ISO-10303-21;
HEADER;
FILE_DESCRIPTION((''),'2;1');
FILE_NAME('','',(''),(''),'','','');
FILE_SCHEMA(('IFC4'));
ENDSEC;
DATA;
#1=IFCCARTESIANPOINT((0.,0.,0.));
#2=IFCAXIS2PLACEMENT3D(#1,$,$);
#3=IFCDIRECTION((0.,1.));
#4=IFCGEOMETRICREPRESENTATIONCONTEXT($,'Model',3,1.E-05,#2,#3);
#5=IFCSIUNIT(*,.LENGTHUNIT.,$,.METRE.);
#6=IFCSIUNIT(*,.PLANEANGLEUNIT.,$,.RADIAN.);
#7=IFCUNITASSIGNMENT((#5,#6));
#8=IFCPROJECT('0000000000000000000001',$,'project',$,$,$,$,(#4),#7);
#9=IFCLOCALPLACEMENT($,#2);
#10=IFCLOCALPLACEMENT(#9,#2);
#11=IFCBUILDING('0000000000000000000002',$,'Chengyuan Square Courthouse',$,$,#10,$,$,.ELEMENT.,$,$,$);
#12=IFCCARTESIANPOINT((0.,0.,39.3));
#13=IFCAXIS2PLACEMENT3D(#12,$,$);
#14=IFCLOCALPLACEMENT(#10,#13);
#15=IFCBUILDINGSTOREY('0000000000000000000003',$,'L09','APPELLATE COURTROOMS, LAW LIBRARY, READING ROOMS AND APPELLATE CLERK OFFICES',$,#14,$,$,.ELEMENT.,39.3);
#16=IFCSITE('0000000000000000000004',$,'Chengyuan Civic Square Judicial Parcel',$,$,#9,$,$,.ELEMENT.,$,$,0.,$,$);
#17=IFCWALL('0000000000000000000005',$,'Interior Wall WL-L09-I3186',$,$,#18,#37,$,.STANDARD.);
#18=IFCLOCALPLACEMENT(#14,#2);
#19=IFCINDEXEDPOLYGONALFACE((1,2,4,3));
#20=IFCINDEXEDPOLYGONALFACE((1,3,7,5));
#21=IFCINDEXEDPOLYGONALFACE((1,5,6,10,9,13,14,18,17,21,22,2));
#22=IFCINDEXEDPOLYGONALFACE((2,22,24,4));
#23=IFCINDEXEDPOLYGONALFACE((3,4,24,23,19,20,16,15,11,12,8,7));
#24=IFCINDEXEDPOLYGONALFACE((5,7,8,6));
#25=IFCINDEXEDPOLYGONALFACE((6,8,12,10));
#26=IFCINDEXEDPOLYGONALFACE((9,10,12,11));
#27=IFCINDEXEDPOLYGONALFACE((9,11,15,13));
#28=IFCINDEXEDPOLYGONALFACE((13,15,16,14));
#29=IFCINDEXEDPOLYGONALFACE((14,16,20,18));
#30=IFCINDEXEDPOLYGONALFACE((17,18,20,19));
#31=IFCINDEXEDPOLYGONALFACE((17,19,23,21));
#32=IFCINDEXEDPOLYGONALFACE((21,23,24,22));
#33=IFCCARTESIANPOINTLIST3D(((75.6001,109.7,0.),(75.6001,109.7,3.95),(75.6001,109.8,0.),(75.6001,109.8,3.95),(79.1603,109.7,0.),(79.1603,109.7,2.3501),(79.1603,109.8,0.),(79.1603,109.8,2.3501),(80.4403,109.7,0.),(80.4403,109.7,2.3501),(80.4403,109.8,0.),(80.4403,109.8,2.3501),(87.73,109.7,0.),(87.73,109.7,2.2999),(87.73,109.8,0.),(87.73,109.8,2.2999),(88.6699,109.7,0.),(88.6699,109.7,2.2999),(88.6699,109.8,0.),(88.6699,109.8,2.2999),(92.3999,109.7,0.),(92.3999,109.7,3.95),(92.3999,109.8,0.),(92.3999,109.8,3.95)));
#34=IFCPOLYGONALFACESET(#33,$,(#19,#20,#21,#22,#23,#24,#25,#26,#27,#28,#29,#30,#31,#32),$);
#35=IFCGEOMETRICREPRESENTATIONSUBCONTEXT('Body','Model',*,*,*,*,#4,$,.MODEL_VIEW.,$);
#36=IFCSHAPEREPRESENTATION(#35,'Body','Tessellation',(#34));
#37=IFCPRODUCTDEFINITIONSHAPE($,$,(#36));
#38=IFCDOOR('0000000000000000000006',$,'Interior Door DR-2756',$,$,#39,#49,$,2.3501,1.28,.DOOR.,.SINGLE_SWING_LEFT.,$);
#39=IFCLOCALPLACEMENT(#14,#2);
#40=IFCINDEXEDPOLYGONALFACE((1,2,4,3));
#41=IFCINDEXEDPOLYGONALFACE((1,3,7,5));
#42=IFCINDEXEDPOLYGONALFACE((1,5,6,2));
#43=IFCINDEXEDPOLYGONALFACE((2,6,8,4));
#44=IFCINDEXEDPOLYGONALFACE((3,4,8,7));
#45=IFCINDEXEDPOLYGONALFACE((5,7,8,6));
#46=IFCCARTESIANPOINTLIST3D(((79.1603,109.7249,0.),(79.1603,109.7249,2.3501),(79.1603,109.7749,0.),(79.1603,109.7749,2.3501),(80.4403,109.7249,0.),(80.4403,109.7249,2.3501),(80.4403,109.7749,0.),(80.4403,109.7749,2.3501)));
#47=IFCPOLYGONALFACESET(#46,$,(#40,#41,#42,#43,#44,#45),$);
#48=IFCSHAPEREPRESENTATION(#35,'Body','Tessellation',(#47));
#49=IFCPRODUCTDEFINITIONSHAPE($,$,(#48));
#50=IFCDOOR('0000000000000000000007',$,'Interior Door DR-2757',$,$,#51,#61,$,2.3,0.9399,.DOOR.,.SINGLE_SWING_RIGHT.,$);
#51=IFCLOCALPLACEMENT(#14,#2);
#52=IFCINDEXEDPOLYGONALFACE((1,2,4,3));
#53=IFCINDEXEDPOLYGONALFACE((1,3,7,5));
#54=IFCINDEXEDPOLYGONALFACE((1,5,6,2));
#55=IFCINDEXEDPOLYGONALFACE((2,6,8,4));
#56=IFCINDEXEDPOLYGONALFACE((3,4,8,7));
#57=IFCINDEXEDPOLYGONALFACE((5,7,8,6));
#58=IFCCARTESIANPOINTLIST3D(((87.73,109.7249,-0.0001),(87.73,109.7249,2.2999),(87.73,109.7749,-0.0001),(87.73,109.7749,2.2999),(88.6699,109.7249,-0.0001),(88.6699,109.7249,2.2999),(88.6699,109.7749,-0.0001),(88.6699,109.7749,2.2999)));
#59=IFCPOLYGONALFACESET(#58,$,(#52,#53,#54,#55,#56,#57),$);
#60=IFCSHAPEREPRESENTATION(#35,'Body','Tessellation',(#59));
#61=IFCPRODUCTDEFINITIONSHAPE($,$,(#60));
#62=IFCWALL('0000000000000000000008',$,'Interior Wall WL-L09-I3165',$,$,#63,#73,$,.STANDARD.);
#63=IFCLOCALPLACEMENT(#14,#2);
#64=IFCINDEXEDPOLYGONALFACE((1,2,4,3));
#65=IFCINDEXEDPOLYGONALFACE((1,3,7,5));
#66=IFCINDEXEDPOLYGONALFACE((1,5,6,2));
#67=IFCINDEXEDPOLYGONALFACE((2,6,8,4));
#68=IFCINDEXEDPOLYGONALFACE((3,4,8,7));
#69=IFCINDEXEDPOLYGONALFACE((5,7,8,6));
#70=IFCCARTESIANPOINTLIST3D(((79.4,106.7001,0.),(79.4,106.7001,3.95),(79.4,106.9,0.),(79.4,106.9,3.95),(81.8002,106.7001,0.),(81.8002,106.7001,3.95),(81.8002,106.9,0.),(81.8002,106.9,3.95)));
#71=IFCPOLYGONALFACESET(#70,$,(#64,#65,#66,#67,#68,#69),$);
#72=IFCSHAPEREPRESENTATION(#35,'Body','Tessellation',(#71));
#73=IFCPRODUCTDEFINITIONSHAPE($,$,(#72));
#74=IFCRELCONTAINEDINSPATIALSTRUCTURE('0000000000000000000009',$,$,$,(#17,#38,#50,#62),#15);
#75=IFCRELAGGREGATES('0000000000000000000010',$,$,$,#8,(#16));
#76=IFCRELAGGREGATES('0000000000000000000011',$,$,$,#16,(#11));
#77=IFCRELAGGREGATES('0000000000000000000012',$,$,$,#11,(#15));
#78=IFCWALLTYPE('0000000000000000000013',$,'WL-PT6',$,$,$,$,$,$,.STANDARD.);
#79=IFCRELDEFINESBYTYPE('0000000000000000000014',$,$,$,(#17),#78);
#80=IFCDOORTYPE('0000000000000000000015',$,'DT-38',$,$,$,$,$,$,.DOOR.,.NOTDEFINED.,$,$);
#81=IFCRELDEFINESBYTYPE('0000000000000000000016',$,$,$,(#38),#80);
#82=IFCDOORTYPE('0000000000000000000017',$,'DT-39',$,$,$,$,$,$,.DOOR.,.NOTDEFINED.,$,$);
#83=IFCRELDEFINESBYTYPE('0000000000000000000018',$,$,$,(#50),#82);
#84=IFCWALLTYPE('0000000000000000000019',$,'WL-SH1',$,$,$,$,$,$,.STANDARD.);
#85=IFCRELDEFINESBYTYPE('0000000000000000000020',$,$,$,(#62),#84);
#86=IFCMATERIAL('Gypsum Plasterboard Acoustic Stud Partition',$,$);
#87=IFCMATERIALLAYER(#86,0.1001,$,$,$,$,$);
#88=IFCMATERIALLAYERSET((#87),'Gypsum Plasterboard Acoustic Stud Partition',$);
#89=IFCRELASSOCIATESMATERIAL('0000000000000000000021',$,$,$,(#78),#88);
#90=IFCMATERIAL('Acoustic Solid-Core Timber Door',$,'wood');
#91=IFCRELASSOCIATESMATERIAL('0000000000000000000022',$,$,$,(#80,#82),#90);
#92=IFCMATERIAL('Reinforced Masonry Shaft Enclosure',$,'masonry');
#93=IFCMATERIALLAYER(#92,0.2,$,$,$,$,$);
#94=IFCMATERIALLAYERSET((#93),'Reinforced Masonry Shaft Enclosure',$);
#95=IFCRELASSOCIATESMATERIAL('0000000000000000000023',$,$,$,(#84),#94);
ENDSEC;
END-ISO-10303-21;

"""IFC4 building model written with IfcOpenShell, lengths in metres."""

from ifc_helpers import new_model, si_unit, direction, frame, frame_2d, origin, place, context, subcontext, project, spatial, rectangle, extrude, material, layer, layer_set, type_object, element, fill, save


model = new_model("IFC4")

# Units and contexts
model_context = context("Model", 3, precision=1e-05, world=origin(), true_north=direction((0.0, 1.0)))
body_context = subcontext(model_context, "Body", "Model", "MODEL_VIEW")
ifc_project = project(units=[si_unit("LENGTHUNIT", "METRE"), si_unit("PLANEANGLEUNIT", "RADIAN")], contexts=[model_context])

# Site, building, storey
site_placement = place(None, origin())
site = spatial("IfcSite", under=ifc_project, at=site_placement, Name="Chengyuan Civic Square Judicial Parcel", CompositionType="ELEMENT", RefElevation=0.0)
building_placement = place(site_placement, origin())
building = spatial("IfcBuilding", under=site, at=building_placement, Name="Chengyuan Square Courthouse", CompositionType="ELEMENT")
storey_placement = place(building_placement, frame((0.0, 0.0, 39.3)))
storey = spatial("IfcBuildingStorey", under=building, at=storey_placement, Name="L09", Description="APPELLATE COURTROOMS, LAW LIBRARY, READING ROOMS AND APPELLATE CLERK OFFICES", CompositionType="ELEMENT", Elevation=39.3)

# Shared definitions
ifc_material_1 = material(Name="Gypsum Plasterboard Acoustic Stud Partition")
ifc_layer_1 = layer(ifc_material_1, 0.1001)
ifc_layer_set_1 = layer_set([ifc_layer_1], Name="Gypsum Plasterboard Acoustic Stud Partition")
wall_type_1 = type_object("IfcWallType", Name="WL-PT6", PredefinedType="STANDARD", material=ifc_layer_set_1)

# Wall, openings, doors
wall_1_placement = place(storey_placement, frame((75.6001, 109.75, 0.0), z_axis=(0.0, 0.0, 1.0), x_axis=(1.0, 0.0, 0.0)))
wall_1 = element("IfcWall", 1, at=wall_1_placement, inside=storey, type_object=wall_type_1, Name="Interior Wall WL-L09-I3186", PredefinedType="STANDARD", context=body_context, shape_type="SweptSolid", body=[
    extrude(rectangle(XDim=16.7998, YDim=0.1001, at=frame_2d((8.3999, 0.0))), origin(), (0.0, 0.0, 1.0), 3.95),
])
opening_1_placement = place(wall_1_placement, frame((3.5601, 0.0, 0.0)))
opening_1 = element("IfcOpeningElement", 2, at=opening_1_placement, cuts=wall_1, PredefinedType="OPENING", context=body_context, shape_type="SweptSolid", body=[
    extrude(rectangle(XDim=1.28, YDim=2.3501, at=frame_2d((0.6401, 1.175))), frame((0.0, 0.062, 0.0), z_axis=(0.0, -1.0, 0.0), x_axis=(1.0, 0.0, 0.0)), (0.0, 0.0, 1.0), 0.124),
])
opening_2_placement = place(wall_1_placement, frame((12.1299, 0.0, 0.0)))
opening_2 = element("IfcOpeningElement", 3, at=opening_2_placement, cuts=wall_1, PredefinedType="OPENING", context=body_context, shape_type="SweptSolid", body=[
    extrude(rectangle(XDim=0.9399, YDim=2.3, at=frame_2d((0.47, 1.1499))), frame((0.0, 0.062, 0.0), z_axis=(0.0, -1.0, 0.0), x_axis=(1.0, 0.0, 0.0)), (0.0, 0.0, 1.0), 0.124),
])
ifc_material_2 = material(Name="Acoustic Solid-Core Timber Door", Category="wood")
door_type_1 = type_object("IfcDoorType", Name="DT-38", OperationType="NOTDEFINED", PredefinedType="DOOR", material=ifc_material_2)
door_1_placement = place(opening_1_placement, origin())
door_1 = element("IfcDoor", 4, at=door_1_placement, inside=storey, type_object=door_type_1, Name="Interior Door DR-2756", OperationType="SINGLE_SWING_LEFT", OverallHeight=2.3501, OverallWidth=1.28, PredefinedType="DOOR", context=body_context, shape_type="SweptSolid", body=[
    extrude(rectangle(XDim=1.28, YDim=2.3501, at=frame_2d((0.6401, 1.175))), frame((0.0, 0.0249, 0.0), z_axis=(0.0, -1.0, 0.0), x_axis=(1.0, 0.0, 0.0)), (0.0, 0.0, 1.0), 0.05),
])
fill(opening_1, door_1)
door_type_2 = type_object("IfcDoorType", Name="DT-39", OperationType="NOTDEFINED", PredefinedType="DOOR", material=ifc_material_2)
door_2_placement = place(opening_2_placement, origin())
door_2 = element("IfcDoor", 5, at=door_2_placement, inside=storey, type_object=door_type_2, Name="Interior Door DR-2757", OperationType="SINGLE_SWING_RIGHT", OverallHeight=2.3, OverallWidth=0.9399, PredefinedType="DOOR", context=body_context, shape_type="SweptSolid", body=[
    extrude(rectangle(XDim=0.9399, YDim=2.3, at=frame_2d((0.47, 1.1499))), frame((0.0, 0.0249, 0.0), z_axis=(0.0, -1.0, 0.0), x_axis=(1.0, 0.0, 0.0)), (0.0, 0.0, 1.0), 0.05),
])
fill(opening_2, door_2)

# Wall
ifc_material_3 = material(Name="Reinforced Masonry Shaft Enclosure", Category="masonry")
ifc_layer_2 = layer(ifc_material_3, 0.2)
ifc_layer_set_2 = layer_set([ifc_layer_2], Name="Reinforced Masonry Shaft Enclosure")
wall_type_2 = type_object("IfcWallType", Name="WL-SH1", PredefinedType="STANDARD", material=ifc_layer_set_2)
wall_2_placement = place(storey_placement, frame((79.3999, 106.8, 0.0), z_axis=(0.0, 0.0, 1.0), x_axis=(1.0, 0.0, 0.0)))
element("IfcWall", 6, at=wall_2_placement, inside=storey, type_object=wall_type_2, Name="Interior Wall WL-L09-I3165", PredefinedType="STANDARD", context=body_context, shape_type="SweptSolid", body=[
    extrude(rectangle(XDim=2.4001, YDim=0.2, at=frame_2d((1.2002, 0.0))), origin(), (0.0, 0.0, 1.0), 3.95),
])

save(model, "model.ifc")
